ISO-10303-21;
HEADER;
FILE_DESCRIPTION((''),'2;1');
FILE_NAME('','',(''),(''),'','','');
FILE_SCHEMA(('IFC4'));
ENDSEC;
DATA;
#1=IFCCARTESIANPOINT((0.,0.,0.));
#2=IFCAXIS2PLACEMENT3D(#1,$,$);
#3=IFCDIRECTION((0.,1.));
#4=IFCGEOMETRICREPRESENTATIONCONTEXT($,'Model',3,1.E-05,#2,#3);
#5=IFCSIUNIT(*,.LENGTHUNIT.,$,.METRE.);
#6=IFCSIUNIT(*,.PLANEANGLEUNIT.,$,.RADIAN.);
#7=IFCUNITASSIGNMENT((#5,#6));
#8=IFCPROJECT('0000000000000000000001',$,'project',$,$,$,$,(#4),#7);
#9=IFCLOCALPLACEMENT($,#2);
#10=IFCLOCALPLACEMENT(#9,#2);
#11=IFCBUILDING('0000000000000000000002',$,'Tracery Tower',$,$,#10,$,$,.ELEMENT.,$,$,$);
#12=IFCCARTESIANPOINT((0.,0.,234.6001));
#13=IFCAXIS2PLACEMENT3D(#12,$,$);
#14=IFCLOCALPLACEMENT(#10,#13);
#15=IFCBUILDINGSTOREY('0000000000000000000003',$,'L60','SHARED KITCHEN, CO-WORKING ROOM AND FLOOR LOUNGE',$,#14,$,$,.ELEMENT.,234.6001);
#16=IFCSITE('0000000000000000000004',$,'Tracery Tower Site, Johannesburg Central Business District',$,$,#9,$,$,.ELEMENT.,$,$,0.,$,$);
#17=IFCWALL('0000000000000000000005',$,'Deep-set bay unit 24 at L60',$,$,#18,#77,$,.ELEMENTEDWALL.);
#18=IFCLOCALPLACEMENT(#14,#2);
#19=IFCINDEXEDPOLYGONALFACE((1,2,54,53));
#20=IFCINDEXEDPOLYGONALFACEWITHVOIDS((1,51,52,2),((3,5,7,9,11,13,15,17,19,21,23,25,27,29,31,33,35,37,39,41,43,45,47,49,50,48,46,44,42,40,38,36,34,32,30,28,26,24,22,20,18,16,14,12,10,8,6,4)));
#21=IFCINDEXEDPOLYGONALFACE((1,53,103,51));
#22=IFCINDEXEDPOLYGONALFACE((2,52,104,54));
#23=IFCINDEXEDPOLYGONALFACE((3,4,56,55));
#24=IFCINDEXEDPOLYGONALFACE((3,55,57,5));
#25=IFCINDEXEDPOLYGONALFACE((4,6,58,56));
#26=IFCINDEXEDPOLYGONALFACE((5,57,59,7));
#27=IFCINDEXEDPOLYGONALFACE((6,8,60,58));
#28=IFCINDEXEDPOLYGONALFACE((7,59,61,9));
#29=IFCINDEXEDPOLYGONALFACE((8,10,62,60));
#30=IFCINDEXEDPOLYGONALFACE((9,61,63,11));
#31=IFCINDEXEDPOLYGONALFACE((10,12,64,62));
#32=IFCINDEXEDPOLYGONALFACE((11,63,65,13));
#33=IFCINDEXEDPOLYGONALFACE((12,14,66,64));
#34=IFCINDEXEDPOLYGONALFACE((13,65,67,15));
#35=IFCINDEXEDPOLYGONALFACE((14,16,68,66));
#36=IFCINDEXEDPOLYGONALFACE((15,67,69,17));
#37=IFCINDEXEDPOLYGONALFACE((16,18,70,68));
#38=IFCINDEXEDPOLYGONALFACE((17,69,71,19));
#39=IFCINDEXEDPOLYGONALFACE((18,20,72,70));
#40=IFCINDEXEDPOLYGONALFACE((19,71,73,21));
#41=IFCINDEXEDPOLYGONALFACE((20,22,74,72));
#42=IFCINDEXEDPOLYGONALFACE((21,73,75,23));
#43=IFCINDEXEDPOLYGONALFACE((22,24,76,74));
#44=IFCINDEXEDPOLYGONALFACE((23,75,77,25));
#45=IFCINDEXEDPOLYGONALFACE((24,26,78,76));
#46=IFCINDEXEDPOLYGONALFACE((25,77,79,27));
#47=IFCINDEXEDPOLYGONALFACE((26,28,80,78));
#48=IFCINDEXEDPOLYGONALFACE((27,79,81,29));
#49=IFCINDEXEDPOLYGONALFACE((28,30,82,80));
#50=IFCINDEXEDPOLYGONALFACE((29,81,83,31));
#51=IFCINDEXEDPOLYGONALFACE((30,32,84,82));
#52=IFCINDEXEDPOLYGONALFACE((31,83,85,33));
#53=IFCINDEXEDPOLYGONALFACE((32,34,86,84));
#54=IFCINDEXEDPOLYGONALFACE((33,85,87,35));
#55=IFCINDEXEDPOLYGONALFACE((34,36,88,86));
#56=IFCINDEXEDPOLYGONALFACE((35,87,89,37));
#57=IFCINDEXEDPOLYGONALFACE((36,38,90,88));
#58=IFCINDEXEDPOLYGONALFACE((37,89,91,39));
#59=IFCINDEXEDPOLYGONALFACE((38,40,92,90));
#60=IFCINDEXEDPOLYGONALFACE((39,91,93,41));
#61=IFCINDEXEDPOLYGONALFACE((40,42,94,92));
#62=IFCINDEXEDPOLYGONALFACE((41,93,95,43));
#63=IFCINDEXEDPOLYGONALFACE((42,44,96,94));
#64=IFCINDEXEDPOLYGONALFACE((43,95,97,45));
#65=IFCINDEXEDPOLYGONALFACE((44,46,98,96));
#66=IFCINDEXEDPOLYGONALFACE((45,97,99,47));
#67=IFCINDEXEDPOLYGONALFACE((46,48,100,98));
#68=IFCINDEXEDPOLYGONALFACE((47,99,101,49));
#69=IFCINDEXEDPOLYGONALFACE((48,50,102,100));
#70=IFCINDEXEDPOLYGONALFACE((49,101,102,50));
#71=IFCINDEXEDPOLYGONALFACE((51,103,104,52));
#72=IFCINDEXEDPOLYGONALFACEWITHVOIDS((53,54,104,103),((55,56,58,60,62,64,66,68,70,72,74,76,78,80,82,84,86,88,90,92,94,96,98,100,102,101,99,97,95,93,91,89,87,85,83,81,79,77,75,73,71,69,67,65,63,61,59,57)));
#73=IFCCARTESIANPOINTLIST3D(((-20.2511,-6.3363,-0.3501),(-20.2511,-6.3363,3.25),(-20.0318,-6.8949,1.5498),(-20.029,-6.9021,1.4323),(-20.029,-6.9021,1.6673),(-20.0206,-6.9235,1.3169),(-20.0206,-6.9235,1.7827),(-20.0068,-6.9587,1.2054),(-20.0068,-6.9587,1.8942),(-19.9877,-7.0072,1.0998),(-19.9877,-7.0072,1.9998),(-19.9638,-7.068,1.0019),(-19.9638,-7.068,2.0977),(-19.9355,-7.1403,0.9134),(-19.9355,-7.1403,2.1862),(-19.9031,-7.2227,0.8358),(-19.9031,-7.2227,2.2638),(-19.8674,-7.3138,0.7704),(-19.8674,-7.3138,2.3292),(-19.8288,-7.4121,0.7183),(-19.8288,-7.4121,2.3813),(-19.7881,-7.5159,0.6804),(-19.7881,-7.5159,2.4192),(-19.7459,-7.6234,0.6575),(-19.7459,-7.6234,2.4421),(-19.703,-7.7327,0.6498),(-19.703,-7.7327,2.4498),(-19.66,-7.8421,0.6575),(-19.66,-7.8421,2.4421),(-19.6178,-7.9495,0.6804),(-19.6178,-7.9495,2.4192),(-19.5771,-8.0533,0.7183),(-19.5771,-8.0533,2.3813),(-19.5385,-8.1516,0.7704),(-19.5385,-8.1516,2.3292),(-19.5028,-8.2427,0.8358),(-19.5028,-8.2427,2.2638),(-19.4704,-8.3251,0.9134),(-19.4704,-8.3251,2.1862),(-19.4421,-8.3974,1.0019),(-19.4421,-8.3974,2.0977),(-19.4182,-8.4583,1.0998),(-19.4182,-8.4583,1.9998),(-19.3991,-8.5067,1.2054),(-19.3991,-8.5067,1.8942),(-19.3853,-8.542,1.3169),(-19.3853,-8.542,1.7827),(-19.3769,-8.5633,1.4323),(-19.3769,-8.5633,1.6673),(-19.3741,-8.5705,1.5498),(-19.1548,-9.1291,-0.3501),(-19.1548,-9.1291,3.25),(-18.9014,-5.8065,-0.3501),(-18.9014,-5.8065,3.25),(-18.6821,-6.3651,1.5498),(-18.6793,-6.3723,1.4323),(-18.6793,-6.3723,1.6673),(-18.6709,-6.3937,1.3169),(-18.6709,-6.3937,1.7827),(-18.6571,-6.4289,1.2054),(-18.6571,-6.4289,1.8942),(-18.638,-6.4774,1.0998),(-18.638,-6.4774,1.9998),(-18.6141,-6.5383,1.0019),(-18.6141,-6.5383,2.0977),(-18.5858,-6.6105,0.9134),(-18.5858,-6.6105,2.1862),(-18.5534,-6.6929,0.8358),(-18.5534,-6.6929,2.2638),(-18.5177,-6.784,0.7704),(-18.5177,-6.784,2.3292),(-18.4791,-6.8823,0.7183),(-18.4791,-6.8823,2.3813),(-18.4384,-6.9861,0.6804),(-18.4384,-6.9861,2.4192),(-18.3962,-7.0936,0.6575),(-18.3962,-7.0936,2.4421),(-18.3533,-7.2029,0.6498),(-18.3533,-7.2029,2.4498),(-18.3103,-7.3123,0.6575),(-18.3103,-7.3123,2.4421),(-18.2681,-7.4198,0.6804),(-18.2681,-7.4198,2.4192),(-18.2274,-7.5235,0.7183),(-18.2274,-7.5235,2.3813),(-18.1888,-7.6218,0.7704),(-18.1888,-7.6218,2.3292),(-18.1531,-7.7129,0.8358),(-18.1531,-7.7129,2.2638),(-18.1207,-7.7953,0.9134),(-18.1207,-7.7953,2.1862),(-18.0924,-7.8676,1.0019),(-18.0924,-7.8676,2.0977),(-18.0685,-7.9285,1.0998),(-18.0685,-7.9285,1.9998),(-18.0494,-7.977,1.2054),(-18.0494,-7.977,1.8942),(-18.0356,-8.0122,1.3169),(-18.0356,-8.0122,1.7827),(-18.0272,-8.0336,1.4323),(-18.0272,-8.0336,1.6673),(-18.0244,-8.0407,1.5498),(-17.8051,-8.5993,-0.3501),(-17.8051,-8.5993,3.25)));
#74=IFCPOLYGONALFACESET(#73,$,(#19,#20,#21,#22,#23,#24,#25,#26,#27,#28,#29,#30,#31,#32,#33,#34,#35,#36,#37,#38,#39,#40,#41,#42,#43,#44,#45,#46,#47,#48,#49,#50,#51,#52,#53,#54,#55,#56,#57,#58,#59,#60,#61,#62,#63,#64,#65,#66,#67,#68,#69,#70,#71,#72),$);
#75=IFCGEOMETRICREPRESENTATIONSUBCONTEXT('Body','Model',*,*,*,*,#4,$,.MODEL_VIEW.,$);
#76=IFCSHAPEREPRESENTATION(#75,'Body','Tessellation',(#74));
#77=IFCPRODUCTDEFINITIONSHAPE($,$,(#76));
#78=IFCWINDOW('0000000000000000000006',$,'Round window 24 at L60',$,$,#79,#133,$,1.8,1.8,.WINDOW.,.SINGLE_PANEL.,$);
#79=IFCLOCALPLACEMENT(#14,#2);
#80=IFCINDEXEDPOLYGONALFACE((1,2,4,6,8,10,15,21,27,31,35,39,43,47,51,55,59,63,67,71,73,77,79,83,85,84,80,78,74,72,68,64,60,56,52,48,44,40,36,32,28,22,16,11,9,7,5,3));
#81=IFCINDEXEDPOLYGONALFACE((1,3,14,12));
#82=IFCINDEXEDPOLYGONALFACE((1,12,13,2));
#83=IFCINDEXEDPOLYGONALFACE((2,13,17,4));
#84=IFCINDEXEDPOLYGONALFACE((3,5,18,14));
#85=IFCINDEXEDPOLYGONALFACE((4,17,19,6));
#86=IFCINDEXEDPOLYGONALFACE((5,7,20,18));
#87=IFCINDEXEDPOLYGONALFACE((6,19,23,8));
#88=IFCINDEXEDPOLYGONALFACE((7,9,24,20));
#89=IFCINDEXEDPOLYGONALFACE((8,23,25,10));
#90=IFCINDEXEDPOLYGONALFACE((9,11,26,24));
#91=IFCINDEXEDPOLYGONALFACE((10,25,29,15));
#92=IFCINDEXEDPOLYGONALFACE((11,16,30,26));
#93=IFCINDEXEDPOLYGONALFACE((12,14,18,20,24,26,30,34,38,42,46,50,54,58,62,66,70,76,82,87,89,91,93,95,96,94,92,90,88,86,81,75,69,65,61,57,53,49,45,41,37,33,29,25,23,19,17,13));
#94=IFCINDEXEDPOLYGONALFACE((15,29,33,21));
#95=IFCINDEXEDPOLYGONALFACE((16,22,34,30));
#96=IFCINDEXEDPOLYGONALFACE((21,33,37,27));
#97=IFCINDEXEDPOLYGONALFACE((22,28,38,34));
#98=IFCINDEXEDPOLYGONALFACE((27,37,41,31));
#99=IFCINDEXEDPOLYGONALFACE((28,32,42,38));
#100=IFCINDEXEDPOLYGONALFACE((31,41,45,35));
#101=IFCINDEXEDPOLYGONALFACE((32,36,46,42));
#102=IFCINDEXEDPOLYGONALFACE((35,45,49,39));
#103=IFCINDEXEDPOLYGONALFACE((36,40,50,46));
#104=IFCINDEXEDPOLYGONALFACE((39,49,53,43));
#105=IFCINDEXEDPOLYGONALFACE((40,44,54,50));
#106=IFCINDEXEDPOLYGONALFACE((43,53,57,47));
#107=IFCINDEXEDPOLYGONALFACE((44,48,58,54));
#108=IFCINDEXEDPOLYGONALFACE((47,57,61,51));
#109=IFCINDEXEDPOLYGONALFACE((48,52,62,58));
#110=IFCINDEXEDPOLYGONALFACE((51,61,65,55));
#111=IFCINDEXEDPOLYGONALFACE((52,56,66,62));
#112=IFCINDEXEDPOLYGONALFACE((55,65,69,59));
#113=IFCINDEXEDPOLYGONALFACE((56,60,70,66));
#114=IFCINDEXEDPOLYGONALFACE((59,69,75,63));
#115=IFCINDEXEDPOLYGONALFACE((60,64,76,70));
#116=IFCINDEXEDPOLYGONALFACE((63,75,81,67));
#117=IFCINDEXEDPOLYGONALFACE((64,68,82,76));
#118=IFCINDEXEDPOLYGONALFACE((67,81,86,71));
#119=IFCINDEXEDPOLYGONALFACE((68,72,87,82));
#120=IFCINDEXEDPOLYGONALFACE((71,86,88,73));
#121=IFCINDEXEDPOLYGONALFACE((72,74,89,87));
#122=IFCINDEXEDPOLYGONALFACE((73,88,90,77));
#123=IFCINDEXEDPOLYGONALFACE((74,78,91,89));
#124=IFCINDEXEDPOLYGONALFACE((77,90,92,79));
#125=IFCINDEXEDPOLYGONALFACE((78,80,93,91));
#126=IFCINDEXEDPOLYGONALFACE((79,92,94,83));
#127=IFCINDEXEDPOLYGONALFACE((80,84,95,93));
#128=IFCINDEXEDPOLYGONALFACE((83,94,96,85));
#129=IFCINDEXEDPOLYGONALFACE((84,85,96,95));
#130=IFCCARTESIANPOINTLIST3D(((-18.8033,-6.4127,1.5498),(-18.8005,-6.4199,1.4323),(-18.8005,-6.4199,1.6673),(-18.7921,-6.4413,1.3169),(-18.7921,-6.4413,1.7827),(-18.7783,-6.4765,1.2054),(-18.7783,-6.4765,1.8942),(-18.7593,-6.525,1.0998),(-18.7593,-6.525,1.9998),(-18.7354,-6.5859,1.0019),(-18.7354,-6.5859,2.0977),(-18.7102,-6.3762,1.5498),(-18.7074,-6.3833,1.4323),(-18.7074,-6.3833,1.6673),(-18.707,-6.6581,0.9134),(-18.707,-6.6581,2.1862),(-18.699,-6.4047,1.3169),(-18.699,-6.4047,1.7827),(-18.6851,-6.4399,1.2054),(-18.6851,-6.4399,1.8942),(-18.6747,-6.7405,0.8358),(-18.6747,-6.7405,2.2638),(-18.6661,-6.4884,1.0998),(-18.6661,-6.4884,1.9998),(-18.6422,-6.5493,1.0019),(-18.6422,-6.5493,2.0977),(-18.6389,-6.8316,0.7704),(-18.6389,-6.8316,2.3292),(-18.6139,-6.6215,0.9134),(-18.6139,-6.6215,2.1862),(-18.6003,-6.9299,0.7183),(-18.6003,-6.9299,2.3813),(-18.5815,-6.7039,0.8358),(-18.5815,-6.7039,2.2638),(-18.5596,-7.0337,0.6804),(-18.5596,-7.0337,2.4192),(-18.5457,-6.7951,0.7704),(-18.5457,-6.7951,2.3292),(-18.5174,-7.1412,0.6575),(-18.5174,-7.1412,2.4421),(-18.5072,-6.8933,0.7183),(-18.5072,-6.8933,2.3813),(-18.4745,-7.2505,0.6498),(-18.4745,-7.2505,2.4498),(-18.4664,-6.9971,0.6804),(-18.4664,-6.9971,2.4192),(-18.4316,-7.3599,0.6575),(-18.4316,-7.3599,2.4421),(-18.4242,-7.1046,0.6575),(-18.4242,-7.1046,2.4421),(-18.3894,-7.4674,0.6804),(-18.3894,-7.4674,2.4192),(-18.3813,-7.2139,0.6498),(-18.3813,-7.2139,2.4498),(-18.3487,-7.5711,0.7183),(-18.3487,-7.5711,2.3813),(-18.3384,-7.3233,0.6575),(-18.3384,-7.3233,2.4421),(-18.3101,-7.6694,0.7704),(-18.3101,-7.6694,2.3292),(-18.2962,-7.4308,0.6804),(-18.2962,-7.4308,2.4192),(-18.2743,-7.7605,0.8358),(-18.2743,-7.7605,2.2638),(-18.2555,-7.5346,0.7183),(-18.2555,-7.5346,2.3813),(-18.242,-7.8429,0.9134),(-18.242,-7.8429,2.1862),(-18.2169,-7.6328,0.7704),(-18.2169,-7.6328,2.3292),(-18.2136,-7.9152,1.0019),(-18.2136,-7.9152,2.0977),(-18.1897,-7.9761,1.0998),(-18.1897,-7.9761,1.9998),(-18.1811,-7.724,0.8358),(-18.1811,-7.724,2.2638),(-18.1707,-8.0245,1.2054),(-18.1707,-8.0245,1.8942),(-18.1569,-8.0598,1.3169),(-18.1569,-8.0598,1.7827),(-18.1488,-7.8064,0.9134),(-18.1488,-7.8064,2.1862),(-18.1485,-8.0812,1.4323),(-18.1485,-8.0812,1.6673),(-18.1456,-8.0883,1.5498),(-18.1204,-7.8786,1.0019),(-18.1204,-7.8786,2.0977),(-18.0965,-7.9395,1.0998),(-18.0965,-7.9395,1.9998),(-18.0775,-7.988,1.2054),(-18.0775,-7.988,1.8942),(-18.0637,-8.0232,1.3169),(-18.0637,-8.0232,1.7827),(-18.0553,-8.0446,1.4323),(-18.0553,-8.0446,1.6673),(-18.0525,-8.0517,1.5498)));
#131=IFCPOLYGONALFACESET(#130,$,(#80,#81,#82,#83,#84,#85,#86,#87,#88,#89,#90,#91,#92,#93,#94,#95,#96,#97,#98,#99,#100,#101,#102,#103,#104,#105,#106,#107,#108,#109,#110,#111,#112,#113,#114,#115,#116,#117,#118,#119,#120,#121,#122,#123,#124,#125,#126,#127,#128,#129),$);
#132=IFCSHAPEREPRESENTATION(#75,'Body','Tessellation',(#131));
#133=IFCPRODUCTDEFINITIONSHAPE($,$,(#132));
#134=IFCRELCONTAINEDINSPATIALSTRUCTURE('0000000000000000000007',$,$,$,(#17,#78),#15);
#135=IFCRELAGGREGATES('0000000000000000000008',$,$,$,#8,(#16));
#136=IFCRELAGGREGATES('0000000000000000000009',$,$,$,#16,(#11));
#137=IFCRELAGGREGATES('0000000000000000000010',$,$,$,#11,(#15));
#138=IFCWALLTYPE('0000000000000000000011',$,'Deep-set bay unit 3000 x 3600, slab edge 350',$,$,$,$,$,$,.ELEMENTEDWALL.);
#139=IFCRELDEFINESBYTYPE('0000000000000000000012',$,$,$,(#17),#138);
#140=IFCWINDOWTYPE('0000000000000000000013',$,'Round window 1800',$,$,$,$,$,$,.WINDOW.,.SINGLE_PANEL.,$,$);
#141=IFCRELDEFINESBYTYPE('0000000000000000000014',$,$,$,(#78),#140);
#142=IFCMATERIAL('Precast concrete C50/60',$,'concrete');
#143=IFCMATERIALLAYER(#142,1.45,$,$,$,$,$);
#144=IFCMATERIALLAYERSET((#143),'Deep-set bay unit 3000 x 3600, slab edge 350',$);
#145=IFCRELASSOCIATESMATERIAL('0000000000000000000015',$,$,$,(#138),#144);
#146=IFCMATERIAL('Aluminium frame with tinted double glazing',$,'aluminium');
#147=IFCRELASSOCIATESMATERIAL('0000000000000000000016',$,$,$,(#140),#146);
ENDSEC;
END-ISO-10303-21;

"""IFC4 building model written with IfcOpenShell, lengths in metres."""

from ifc_helpers import new_model, si_unit, direction, frame, frame_2d, origin, origin_2d, place, context, subcontext, project, spatial, rectangle, circle, extrude, material, layer, layer_set, type_object, element, fill, save


model = new_model("IFC4")

# Units and contexts
model_context = context("Model", 3, precision=1e-05, world=origin(), true_north=direction((0.0, 1.0)))
body_context = subcontext(model_context, "Body", "Model", "MODEL_VIEW")
ifc_project = project(units=[si_unit("LENGTHUNIT", "METRE"), si_unit("PLANEANGLEUNIT", "RADIAN")], contexts=[model_context])

# Site, building, storey
site_placement = place(None, origin())
site = spatial("IfcSite", under=ifc_project, at=site_placement, Name="Tracery Tower Site, Johannesburg Central Business District", CompositionType="ELEMENT", RefElevation=0.0)
building_placement = place(site_placement, origin())
building = spatial("IfcBuilding", under=site, at=building_placement, Name="Tracery Tower", CompositionType="ELEMENT")
storey_placement = place(building_placement, frame((0.0, 0.0, 234.6001)))
storey = spatial("IfcBuildingStorey", under=building, at=storey_placement, Name="L60", Description="SHARED KITCHEN, CO-WORKING ROOM AND FLOOR LOUNGE", CompositionType="ELEMENT", Elevation=234.6001)

# Wall, opening, window
ifc_material_1 = material(Name="Precast concrete C50/60", Category="concrete")
ifc_layer_1 = layer(ifc_material_1, 1.45)
ifc_layer_set_1 = layer_set([ifc_layer_1], Name="Deep-set bay unit 3000 x 3600, slab edge 350")
wall_type_1 = type_object("IfcWallType", Name="Deep-set bay unit 3000 x 3600, slab edge 350", PredefinedType="ELEMENTEDWALL", material=ifc_layer_set_1)
wall_1_placement = place(storey_placement, frame((-19.5762, -6.0715, -0.3501), z_axis=(0.0, 0.0, 1.0), x_axis=(0.365378, -0.930859, 0.0)))
wall_1 = element("IfcWall", 1, at=wall_1_placement, inside=storey, type_object=wall_type_1, Name="Deep-set bay unit 24 at L60", PredefinedType="ELEMENTEDWALL", context=body_context, shape_type="SweptSolid", body=[
    extrude(rectangle(XDim=3.0002, YDim=1.45, at=frame_2d((1.5, 0.0))), origin(), (0.0, 0.0, 1.0), 3.6001),
])
opening_1_placement = place(wall_1_placement, frame((1.5, 0.0, 1.8999)))
opening_1 = element("IfcOpeningElement", 2, at=opening_1_placement, cuts=wall_1, PredefinedType="OPENING", context=body_context, shape_type="SweptSolid", body=[
    extrude(circle(Radius=0.9, at=origin_2d()), frame((0.0, 0.7349, 0.0), z_axis=(0.0, -1.0, 0.0), x_axis=(1.0, 0.0, 0.0)), (0.0, 0.0, 1.0), 1.47),
])
ifc_material_2 = material(Name="Aluminium frame with tinted double glazing", Category="aluminium")
window_type = type_object("IfcWindowType", Name="Round window 1800", PartitioningType="SINGLE_PANEL", PredefinedType="WINDOW", material=ifc_material_2)
window_1_placement = place(opening_1_placement, origin())
window_1 = element("IfcWindow", 3, at=window_1_placement, inside=storey, type_object=window_type, Name="Round window 24 at L60", OverallHeight=1.8, OverallWidth=1.8, PartitioningType="SINGLE_PANEL", PredefinedType="WINDOW", context=body_context, shape_type="SweptSolid", body=[
    extrude(circle(Radius=0.9, at=origin_2d()), frame((0.0, 0.6948, 0.0), z_axis=(0.0, -1.0, 0.0), x_axis=(1.0, 0.0, 0.0)), (0.0, 0.0, 1.0), 0.1001),
])
fill(opening_1, window_1)

save(model, "model.ifc")
